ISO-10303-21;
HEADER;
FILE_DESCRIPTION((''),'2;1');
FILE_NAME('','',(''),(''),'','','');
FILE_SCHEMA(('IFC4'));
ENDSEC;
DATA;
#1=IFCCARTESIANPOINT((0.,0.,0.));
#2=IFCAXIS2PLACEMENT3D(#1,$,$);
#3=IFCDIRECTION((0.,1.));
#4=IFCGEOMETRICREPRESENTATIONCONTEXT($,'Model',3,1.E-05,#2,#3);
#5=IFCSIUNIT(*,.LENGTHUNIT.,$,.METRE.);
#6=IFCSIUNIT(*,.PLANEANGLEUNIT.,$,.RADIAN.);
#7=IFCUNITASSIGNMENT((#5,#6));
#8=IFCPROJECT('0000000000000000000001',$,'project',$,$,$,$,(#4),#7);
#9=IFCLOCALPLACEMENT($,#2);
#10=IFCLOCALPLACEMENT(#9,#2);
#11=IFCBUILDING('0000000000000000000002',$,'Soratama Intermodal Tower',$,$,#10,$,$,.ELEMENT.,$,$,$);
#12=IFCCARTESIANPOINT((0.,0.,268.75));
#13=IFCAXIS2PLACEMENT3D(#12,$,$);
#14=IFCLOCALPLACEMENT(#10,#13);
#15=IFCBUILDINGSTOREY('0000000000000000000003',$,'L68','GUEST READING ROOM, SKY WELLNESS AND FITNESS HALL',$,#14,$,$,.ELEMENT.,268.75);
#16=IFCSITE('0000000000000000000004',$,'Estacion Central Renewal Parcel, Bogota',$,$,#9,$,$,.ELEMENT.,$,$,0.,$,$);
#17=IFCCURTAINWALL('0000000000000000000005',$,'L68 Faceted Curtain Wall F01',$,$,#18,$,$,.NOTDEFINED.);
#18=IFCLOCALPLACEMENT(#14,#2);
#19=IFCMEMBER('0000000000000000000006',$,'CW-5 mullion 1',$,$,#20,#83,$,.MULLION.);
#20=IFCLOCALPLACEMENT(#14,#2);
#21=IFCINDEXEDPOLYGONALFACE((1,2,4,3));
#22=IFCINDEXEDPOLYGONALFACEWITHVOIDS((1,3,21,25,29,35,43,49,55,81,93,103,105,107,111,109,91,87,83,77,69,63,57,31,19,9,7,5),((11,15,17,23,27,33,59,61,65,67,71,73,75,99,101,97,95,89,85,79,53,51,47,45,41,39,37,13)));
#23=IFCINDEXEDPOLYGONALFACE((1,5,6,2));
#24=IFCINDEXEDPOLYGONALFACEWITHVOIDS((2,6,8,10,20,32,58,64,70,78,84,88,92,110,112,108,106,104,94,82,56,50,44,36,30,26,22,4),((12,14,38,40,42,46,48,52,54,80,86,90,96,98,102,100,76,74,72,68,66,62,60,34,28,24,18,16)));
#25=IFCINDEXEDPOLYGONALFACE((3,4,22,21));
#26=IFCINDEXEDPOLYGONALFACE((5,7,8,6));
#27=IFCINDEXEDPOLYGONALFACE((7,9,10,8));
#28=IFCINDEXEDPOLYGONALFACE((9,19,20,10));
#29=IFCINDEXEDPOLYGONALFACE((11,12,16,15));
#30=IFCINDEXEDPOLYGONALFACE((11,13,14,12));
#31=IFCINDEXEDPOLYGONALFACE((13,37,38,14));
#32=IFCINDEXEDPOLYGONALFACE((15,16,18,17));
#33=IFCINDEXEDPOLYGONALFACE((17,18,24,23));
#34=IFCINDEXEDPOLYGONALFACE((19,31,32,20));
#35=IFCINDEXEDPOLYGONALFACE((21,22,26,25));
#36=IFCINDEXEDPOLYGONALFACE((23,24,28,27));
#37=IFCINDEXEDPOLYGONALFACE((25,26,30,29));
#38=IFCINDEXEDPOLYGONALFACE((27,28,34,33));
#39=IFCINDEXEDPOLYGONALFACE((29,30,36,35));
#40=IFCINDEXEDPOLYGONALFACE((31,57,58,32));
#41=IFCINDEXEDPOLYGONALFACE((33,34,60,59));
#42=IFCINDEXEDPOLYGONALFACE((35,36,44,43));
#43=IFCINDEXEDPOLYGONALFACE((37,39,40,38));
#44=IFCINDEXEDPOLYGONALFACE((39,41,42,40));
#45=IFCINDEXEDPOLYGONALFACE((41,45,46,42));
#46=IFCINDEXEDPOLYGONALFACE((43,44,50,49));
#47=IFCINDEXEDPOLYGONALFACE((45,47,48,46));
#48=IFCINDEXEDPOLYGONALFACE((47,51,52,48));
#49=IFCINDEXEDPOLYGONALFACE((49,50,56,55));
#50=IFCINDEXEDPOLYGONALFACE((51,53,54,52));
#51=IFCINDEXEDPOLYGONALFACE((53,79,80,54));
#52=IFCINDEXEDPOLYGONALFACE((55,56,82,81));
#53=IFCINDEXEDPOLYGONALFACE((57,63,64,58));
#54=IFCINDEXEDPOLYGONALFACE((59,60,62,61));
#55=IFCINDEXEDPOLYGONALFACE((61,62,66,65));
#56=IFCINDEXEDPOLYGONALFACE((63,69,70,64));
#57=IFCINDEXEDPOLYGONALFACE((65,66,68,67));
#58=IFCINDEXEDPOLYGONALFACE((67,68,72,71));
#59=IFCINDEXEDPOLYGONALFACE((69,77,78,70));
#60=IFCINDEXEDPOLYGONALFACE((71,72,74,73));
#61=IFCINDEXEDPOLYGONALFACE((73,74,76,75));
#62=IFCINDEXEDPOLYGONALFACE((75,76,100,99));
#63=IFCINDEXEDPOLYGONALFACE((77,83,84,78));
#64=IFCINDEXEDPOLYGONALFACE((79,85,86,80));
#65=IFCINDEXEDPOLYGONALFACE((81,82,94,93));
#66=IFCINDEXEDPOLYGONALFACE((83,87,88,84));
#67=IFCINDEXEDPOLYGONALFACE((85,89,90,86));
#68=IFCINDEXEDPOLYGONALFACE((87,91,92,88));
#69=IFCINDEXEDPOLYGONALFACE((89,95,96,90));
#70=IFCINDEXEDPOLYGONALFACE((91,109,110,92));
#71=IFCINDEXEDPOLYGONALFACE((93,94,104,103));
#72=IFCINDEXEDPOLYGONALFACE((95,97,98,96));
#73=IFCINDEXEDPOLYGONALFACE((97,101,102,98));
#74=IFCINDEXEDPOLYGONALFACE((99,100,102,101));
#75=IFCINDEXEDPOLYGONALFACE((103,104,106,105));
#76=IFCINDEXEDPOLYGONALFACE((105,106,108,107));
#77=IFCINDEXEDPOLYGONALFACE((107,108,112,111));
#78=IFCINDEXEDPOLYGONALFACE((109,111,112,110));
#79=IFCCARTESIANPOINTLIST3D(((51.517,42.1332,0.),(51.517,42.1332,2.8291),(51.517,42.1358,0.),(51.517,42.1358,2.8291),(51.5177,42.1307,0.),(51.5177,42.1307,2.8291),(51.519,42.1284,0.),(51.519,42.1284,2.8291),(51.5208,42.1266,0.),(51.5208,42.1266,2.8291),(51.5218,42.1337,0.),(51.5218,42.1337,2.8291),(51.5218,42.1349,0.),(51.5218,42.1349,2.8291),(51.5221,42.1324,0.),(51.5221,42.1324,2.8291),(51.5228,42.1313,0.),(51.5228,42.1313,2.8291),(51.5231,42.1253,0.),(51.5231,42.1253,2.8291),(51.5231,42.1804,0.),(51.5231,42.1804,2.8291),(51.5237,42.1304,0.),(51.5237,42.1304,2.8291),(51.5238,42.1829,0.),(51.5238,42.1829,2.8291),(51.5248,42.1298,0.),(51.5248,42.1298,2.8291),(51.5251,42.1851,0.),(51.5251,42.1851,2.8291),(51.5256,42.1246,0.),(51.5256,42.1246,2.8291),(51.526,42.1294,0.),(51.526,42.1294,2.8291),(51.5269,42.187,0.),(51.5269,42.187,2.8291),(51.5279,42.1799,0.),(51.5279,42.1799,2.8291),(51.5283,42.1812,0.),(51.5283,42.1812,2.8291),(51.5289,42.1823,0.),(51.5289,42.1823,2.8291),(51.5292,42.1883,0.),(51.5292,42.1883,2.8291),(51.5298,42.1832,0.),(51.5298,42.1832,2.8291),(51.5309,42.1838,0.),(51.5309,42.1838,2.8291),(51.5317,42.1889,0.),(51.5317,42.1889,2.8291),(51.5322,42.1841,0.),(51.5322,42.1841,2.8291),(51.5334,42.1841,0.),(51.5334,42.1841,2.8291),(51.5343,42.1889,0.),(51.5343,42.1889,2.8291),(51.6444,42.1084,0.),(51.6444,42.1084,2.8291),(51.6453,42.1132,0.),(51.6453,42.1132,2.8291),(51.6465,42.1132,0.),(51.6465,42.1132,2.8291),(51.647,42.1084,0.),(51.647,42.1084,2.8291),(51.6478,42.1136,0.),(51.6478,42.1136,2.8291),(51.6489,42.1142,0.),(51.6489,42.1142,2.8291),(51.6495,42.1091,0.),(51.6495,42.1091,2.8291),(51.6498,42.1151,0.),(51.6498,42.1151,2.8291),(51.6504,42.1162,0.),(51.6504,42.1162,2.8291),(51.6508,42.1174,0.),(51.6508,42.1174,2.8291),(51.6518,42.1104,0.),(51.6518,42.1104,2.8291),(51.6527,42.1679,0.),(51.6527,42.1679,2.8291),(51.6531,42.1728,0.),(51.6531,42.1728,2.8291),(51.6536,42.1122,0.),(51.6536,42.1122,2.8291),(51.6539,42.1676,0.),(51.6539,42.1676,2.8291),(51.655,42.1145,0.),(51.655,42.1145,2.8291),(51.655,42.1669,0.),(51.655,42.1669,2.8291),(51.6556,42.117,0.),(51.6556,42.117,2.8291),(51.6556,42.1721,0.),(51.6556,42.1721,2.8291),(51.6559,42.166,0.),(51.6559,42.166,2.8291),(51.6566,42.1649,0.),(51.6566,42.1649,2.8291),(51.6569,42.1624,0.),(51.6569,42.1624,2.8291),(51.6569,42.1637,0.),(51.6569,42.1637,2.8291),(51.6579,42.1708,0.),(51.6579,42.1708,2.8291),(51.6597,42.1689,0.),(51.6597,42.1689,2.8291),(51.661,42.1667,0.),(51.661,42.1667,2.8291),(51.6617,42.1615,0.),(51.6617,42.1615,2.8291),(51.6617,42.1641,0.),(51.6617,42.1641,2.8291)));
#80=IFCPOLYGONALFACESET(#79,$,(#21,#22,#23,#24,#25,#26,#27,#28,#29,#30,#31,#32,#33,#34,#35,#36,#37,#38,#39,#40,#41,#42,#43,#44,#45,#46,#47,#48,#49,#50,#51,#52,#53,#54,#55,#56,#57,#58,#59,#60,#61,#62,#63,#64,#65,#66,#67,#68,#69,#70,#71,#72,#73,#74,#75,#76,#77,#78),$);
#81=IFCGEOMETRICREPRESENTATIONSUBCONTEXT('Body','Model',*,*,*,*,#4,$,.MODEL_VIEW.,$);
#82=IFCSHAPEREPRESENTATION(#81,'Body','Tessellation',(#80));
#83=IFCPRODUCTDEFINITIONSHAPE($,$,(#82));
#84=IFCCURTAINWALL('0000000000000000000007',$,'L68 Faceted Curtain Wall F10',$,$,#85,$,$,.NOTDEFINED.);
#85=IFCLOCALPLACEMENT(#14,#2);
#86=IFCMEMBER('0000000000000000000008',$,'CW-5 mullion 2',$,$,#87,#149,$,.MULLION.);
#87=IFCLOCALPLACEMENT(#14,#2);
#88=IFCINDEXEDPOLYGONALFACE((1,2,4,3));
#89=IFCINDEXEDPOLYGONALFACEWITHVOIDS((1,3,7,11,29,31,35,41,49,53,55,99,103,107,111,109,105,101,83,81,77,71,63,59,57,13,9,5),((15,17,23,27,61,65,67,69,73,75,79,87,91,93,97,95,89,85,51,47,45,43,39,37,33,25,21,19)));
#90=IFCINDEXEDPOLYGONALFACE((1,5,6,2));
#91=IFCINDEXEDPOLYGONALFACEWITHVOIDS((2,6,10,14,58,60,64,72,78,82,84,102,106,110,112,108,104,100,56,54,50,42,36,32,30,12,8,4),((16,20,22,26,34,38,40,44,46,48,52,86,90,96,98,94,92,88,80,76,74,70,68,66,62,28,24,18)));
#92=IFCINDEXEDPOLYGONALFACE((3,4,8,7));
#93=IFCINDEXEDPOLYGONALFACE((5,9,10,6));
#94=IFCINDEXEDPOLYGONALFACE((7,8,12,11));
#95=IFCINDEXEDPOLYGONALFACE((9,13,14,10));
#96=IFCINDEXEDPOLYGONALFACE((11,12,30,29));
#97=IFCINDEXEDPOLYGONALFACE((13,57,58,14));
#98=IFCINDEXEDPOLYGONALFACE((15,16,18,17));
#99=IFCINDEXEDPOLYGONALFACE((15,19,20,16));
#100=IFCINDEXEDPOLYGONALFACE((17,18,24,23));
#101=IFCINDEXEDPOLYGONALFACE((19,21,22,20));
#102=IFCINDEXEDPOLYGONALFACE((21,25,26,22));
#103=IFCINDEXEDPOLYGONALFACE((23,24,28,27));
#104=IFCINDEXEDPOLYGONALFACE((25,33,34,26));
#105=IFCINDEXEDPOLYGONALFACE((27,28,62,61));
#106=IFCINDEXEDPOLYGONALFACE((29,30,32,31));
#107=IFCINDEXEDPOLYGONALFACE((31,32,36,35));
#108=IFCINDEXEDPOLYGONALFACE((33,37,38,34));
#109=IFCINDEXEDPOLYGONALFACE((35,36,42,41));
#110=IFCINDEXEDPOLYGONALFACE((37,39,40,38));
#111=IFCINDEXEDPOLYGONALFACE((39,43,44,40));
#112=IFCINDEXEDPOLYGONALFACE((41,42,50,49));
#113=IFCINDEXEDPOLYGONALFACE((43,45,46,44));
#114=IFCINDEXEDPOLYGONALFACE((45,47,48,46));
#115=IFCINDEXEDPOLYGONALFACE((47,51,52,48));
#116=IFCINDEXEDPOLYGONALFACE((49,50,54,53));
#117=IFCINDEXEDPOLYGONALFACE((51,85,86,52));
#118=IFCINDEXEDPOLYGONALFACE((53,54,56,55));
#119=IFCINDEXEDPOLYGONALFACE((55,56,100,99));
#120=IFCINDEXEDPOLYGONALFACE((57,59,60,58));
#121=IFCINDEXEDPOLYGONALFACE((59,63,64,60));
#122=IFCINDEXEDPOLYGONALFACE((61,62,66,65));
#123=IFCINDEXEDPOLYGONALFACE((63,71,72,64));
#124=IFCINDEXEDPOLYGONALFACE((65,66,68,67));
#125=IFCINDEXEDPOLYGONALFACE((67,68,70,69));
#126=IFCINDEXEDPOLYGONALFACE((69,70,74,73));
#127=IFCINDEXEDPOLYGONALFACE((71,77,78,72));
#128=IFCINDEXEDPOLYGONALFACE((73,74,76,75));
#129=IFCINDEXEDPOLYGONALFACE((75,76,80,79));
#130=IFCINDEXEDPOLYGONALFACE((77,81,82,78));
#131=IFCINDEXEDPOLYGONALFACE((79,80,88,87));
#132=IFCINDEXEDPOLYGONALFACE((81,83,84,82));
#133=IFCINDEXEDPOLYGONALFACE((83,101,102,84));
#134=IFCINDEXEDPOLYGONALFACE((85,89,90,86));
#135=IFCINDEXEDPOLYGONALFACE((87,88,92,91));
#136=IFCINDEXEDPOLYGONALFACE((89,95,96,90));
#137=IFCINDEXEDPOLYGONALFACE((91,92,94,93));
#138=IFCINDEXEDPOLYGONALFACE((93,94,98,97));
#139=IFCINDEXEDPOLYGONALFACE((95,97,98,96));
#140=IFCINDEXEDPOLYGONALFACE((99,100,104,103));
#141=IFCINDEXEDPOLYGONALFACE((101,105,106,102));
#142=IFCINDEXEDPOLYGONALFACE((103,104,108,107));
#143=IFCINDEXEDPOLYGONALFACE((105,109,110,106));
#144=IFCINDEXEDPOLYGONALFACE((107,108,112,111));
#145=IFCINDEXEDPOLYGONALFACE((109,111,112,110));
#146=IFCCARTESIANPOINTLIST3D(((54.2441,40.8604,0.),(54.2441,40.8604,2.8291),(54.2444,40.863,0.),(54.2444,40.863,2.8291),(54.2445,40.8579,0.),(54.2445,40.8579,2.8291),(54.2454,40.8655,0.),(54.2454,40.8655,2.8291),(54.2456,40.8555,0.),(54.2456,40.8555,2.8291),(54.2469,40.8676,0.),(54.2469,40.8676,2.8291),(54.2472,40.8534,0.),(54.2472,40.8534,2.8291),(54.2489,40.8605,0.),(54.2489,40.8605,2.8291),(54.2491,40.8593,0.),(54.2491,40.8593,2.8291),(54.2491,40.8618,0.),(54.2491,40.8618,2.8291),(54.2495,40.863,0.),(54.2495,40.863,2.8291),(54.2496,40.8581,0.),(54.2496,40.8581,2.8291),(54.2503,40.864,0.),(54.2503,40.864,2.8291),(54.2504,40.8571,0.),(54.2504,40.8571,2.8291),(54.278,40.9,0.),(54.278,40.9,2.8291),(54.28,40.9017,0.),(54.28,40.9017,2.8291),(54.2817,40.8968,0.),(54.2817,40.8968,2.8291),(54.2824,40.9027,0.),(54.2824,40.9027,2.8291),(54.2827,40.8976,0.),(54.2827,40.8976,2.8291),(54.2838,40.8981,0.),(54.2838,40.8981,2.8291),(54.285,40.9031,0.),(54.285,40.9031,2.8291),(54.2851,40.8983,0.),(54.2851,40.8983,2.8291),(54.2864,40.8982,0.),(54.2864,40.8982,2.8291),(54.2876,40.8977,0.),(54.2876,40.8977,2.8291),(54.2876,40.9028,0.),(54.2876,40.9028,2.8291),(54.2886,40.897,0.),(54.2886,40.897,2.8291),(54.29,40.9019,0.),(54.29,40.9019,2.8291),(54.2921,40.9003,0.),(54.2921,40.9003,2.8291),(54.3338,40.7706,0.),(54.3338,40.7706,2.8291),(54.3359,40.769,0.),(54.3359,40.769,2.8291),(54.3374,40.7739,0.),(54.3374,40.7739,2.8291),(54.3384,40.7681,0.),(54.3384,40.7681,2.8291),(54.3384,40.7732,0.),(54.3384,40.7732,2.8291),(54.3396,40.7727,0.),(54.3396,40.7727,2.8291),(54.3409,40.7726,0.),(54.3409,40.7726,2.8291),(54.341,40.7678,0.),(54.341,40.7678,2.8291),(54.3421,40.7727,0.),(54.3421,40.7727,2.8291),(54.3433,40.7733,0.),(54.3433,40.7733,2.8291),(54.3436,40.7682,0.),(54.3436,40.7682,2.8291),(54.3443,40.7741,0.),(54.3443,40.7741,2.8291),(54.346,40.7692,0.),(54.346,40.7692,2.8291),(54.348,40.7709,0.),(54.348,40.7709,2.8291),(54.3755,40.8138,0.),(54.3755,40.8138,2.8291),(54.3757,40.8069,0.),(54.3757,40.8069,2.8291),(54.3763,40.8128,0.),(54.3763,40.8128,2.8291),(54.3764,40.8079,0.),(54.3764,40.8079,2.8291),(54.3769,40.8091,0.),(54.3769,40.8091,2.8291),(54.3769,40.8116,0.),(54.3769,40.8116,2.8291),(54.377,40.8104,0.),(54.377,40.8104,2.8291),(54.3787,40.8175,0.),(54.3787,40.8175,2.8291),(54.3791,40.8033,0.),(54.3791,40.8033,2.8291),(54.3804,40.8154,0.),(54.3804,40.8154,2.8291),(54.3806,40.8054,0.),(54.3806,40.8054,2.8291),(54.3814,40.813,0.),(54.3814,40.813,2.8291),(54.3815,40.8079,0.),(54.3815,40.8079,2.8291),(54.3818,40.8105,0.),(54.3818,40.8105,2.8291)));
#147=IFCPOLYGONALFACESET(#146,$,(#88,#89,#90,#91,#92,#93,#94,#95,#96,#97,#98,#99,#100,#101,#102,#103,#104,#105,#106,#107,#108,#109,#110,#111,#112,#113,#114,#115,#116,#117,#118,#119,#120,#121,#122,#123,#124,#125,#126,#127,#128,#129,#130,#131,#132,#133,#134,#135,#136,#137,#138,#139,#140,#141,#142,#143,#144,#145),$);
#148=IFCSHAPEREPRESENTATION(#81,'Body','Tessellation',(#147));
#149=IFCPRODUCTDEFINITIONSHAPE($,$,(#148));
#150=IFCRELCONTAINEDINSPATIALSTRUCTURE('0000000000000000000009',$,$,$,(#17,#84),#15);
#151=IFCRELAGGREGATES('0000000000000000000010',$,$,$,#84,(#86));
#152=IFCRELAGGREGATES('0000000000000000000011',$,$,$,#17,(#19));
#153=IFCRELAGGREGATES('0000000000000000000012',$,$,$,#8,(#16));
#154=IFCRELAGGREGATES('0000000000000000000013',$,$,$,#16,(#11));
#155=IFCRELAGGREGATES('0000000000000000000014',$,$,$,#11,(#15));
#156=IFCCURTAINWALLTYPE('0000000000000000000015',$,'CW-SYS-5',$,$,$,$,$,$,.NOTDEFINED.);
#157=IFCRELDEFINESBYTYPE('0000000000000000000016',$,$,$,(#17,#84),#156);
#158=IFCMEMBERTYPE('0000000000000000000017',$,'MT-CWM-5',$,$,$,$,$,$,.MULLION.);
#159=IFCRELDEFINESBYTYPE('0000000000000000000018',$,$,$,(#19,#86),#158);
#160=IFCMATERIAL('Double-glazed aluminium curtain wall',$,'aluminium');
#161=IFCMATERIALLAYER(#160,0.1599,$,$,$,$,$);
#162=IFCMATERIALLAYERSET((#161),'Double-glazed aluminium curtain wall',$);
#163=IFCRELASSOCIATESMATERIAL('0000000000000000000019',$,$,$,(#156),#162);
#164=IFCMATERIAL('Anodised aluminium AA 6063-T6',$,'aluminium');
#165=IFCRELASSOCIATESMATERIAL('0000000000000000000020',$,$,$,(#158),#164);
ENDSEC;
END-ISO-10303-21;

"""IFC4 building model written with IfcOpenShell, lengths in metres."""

from ifc_helpers import new_model, si_unit, direction, frame, origin, origin_2d, place, context, subcontext, project, spatial, hollow_rectangle, extrude, material, layer, layer_set, material_profile, profile_set, type_object, element, aggregate, save


model = new_model("IFC4")

# Units and contexts
model_context = context("Model", 3, precision=1e-05, world=origin(), true_north=direction((0.0, 1.0)))
body_context = subcontext(model_context, "Body", "Model", "MODEL_VIEW")
ifc_project = project(units=[si_unit("LENGTHUNIT", "METRE"), si_unit("PLANEANGLEUNIT", "RADIAN")], contexts=[model_context])

# Site, building, storey
site_placement = place(None, origin())
site = spatial("IfcSite", under=ifc_project, at=site_placement, Name="Estacion Central Renewal Parcel, Bogota", CompositionType="ELEMENT", RefElevation=0.0)
building_placement = place(site_placement, origin())
building = spatial("IfcBuilding", under=site, at=building_placement, Name="Soratama Intermodal Tower", CompositionType="ELEMENT")
storey_placement = place(building_placement, frame((0.0, 0.0, 268.75)))
storey = spatial("IfcBuildingStorey", under=building, at=storey_placement, Name="L68", Description="GUEST READING ROOM, SKY WELLNESS AND FITNESS HALL", CompositionType="ELEMENT", Elevation=268.75)

# Curtain walls, members
ifc_material_1 = material(Name="Double-glazed aluminium curtain wall", Category="aluminium")
ifc_layer_1 = layer(ifc_material_1, 0.1599)
ifc_layer_set_1 = layer_set([ifc_layer_1], Name="Double-glazed aluminium curtain wall")
curtain_wall_type = type_object("IfcCurtainWallType", Name="CW-SYS-5", PredefinedType="NOTDEFINED", material=ifc_layer_set_1)
curtain_wall_1_placement = place(storey_placement, origin())
curtain_wall_1 = element("IfcCurtainWall", 1, at=curtain_wall_1_placement, inside=storey, type_object=curtain_wall_type, Name="L68 Faceted Curtain Wall F01", PredefinedType="NOTDEFINED")
ifc_material_2 = material(Name="Anodised aluminium AA 6063-T6", Category="aluminium")
ifc_material_profile_1 = material_profile(ifc_material_2, hollow_rectangle(XDim=0.0649, YDim=0.1399, WallThickness=0.0049, InnerFilletRadius=0.0049, OuterFilletRadius=0.01, at=origin_2d()), Name="CWM140X65X5")
ifc_profile_set_1 = profile_set([ifc_material_profile_1], Name="Anodised aluminium AA 6063-T6")
member_type_1 = type_object("IfcMemberType", Name="MT-CWM-5", PredefinedType="MULLION", material=ifc_profile_set_1)
member_1_placement = place(storey_placement, frame((51.5894, 42.1487, 0.0), z_axis=(0.0, 0.0, 1.0), x_axis=(-0.134673, -0.99089, 0.0)))
member_1 = element("IfcMember", 2, at=member_1_placement, type_object=member_type_1, Name="CW-5 mullion 1", PredefinedType="MULLION", context=body_context, shape_type="SweptSolid", body=[
    extrude(hollow_rectangle(XDim=0.0649, YDim=0.1399, WallThickness=0.0049, InnerFilletRadius=0.0049, OuterFilletRadius=0.01, at=origin_2d()), origin(), (0.0, 0.0, 1.0), 2.8291),
])
curtain_wall_2_placement = place(storey_placement, origin())
curtain_wall_2 = element("IfcCurtainWall", 3, at=curtain_wall_2_placement, inside=storey, type_object=curtain_wall_type, Name="L68 Faceted Curtain Wall F10", PredefinedType="NOTDEFINED")
member_2_placement = place(storey_placement, frame((54.313, 40.8354, 0.0), z_axis=(0.0, 0.0, 1.0), x_axis=(-0.691389, -0.722483, 0.0)))
member_2 = element("IfcMember", 4, at=member_2_placement, type_object=member_type_1, Name="CW-5 mullion 2", PredefinedType="MULLION", context=body_context, shape_type="SweptSolid", body=[
    extrude(hollow_rectangle(XDim=0.0649, YDim=0.1399, WallThickness=0.0049, InnerFilletRadius=0.0049, OuterFilletRadius=0.01, at=origin_2d()), origin(), (0.0, 0.0, 1.0), 2.8291),
])
aggregate(curtain_wall_2, [member_2])

aggregate(curtain_wall_1, [member_1])

save(model, "model.ifc")
